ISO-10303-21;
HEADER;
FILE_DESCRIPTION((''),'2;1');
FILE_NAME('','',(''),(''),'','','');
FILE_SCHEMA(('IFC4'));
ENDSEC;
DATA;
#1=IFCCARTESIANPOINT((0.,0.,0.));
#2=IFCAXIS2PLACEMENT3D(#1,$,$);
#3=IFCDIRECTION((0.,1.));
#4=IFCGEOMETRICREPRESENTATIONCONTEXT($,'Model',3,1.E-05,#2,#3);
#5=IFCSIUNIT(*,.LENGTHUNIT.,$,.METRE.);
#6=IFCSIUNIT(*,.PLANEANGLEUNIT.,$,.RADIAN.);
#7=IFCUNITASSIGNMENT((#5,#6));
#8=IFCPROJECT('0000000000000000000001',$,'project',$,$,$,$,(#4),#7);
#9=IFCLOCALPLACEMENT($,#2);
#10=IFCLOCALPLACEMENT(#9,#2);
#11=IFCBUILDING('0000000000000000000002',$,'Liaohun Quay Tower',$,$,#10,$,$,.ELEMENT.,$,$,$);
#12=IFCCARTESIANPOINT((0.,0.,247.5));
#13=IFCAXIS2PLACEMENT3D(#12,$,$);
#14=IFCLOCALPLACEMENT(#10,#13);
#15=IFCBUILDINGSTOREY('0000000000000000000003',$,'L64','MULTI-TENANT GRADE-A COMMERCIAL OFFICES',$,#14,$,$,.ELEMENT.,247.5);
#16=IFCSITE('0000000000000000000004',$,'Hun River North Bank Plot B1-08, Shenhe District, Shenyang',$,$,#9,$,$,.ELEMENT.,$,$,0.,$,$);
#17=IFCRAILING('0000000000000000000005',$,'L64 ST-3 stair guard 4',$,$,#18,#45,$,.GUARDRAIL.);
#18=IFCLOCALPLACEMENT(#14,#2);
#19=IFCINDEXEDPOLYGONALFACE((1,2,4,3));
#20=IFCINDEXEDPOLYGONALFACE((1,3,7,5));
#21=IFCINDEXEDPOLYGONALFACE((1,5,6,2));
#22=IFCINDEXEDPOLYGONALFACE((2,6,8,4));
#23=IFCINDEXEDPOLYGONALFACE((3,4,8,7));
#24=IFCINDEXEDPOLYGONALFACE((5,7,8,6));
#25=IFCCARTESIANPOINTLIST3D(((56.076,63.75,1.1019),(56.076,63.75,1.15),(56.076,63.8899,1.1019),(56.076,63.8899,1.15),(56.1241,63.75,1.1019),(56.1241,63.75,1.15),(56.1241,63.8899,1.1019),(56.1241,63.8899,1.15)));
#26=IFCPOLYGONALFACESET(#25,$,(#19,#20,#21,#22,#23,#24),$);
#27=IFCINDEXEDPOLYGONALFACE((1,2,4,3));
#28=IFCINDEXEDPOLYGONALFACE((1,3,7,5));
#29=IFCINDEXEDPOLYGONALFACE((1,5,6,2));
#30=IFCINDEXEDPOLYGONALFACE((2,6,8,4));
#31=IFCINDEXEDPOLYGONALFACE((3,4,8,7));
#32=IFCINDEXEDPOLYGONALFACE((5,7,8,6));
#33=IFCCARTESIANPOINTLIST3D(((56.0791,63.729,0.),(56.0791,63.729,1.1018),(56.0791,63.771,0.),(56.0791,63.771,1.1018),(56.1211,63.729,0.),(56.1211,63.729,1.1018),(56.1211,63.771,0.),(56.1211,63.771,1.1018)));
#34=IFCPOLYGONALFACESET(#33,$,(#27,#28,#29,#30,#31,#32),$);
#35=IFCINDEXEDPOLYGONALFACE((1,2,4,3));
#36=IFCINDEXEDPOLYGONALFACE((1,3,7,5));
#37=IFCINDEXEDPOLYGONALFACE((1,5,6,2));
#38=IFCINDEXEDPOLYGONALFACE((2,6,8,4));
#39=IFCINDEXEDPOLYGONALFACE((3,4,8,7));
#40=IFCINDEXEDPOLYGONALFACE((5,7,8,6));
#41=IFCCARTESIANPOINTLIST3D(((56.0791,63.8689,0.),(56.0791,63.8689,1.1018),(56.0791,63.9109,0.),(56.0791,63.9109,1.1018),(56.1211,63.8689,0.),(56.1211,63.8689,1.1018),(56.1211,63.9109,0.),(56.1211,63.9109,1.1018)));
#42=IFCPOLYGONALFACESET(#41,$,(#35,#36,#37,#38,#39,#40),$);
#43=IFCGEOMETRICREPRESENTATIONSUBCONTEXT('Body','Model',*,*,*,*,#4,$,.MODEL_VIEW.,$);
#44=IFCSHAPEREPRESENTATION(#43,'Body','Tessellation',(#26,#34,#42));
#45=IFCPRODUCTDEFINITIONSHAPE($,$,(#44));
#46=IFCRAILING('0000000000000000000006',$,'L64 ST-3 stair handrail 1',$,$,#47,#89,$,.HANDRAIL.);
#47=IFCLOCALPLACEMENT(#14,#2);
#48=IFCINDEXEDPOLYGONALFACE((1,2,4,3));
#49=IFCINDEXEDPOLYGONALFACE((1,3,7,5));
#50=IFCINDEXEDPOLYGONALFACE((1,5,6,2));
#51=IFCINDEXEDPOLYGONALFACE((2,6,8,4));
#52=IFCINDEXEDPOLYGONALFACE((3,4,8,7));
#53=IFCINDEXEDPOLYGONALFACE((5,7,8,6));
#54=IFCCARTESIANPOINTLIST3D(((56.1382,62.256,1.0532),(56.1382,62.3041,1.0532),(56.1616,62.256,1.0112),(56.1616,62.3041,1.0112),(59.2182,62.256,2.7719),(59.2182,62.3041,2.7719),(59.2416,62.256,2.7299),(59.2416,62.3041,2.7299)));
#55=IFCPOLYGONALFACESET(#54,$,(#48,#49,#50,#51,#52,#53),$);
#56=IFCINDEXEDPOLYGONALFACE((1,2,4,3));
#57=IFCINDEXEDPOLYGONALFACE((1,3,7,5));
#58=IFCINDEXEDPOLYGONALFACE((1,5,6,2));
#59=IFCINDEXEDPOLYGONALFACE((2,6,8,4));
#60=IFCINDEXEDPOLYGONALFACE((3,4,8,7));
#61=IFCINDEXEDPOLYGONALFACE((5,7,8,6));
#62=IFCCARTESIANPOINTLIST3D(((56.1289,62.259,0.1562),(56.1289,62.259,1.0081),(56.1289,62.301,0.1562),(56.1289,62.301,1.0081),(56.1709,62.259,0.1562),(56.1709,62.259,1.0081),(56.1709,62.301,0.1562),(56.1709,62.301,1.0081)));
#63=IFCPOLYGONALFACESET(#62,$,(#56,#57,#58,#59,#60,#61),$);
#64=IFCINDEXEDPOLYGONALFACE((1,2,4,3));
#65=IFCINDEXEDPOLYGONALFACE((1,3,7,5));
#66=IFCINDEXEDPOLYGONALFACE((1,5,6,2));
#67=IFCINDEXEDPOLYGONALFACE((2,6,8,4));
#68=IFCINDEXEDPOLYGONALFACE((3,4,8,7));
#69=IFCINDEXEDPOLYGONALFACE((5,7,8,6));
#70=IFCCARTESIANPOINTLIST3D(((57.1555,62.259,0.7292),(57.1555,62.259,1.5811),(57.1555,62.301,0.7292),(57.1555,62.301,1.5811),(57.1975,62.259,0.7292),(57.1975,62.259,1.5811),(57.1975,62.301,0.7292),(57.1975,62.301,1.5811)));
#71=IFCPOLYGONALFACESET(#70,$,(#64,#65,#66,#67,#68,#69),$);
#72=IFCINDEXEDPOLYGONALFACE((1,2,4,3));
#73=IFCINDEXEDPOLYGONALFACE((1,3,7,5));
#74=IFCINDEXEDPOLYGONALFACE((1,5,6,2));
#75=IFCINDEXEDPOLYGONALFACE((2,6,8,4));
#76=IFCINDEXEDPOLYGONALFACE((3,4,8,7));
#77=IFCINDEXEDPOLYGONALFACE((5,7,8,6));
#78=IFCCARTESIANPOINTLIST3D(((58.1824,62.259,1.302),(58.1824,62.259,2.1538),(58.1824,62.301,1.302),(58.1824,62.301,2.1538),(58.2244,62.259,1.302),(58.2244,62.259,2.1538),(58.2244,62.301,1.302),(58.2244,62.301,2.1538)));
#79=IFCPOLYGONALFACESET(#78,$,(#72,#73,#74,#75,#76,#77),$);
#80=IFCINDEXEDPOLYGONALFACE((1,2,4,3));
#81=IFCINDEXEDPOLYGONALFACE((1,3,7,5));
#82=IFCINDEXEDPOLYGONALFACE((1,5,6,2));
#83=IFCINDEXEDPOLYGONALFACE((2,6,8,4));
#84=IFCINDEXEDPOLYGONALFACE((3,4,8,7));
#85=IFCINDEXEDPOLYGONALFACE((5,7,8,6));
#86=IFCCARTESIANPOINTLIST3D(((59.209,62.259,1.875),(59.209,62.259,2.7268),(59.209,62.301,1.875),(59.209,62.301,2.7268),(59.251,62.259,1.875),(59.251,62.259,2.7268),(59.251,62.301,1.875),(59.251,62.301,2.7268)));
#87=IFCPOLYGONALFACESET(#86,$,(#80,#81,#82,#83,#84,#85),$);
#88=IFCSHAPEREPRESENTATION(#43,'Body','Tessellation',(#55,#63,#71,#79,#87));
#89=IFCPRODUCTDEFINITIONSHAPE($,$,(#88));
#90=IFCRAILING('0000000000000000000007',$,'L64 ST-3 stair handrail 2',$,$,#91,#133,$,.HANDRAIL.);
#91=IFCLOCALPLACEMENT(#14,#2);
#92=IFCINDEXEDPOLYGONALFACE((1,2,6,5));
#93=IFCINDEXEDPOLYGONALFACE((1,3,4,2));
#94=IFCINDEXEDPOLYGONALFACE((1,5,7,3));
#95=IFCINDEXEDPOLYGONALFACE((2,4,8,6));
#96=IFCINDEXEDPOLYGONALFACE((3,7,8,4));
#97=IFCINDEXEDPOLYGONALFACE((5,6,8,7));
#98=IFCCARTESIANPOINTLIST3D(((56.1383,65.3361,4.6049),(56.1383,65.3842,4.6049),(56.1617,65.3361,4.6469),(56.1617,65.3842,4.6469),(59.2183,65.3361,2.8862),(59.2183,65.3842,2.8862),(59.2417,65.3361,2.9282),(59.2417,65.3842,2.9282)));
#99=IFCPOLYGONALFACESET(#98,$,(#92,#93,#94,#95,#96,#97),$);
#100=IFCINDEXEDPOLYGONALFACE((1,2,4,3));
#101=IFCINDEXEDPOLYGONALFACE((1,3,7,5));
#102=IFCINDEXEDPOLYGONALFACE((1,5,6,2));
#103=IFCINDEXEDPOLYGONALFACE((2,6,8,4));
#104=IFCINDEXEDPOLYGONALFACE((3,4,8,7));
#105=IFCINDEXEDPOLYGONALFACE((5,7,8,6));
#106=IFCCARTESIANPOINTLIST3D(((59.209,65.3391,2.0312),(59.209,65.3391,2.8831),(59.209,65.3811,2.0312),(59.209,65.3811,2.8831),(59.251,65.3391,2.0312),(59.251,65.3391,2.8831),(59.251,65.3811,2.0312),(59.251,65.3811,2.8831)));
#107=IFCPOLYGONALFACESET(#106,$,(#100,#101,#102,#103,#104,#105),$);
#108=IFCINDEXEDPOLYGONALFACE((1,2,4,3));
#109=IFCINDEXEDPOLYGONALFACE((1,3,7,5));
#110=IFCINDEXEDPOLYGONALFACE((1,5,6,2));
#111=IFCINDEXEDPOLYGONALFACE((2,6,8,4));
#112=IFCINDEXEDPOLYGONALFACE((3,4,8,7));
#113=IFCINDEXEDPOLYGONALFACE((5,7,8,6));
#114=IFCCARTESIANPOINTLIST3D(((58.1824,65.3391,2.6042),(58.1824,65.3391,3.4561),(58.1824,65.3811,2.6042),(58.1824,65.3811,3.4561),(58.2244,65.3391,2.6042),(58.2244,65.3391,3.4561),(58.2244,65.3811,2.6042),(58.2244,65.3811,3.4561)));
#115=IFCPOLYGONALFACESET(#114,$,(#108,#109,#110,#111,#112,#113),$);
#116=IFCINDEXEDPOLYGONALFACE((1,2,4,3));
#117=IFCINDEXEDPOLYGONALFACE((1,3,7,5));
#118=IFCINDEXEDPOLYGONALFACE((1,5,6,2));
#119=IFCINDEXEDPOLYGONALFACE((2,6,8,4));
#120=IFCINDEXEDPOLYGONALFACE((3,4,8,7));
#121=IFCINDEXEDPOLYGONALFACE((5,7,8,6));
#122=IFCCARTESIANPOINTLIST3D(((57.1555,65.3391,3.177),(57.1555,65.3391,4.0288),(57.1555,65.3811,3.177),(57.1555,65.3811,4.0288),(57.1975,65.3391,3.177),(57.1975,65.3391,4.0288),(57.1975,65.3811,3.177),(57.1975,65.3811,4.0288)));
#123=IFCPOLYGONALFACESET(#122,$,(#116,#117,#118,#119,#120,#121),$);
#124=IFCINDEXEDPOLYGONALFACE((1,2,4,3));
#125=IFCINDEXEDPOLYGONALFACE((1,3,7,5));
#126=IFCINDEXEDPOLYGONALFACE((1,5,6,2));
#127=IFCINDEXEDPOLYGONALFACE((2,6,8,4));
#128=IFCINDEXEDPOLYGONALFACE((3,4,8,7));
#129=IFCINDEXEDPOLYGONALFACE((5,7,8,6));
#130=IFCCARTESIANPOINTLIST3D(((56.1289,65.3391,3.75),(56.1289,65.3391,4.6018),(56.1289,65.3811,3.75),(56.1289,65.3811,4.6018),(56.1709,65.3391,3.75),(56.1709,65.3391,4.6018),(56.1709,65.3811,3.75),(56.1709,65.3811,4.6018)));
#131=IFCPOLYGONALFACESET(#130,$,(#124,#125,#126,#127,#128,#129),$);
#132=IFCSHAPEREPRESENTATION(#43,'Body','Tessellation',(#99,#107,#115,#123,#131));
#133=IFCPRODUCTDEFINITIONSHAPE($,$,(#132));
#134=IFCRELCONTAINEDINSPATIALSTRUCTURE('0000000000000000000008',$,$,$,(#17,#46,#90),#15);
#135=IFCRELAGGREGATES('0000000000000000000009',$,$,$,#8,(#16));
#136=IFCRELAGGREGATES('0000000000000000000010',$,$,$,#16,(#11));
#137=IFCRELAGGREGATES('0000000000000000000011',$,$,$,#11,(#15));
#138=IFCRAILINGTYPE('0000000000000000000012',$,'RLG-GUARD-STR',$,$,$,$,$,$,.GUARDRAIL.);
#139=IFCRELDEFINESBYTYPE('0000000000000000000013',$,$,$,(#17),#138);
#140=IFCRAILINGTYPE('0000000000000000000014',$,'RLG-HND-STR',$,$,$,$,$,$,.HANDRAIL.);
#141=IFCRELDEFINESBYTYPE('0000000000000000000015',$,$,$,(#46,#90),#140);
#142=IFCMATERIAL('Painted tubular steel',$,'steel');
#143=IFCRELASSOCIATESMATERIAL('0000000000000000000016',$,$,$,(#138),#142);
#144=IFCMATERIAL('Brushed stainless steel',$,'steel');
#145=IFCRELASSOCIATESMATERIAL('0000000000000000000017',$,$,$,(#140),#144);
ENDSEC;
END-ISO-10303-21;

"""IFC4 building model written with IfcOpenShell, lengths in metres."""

from ifc_helpers import new_model, si_unit, direction, frame, origin, origin_2d, place, context, subcontext, project, spatial, rectangle, extrude, material, type_object, element, save


model = new_model("IFC4")

# Units and contexts
model_context = context("Model", 3, precision=1e-05, world=origin(), true_north=direction((0.0, 1.0)))
body_context = subcontext(model_context, "Body", "Model", "MODEL_VIEW")
ifc_project = project(units=[si_unit("LENGTHUNIT", "METRE"), si_unit("PLANEANGLEUNIT", "RADIAN")], contexts=[model_context])

# Site, building, storey
site_placement = place(None, origin())
site = spatial("IfcSite", under=ifc_project, at=site_placement, Name="Hun River North Bank Plot B1-08, Shenhe District, Shenyang", CompositionType="ELEMENT", RefElevation=0.0)
building_placement = place(site_placement, origin())
building = spatial("IfcBuilding", under=site, at=building_placement, Name="Liaohun Quay Tower", CompositionType="ELEMENT")
storey_placement = place(building_placement, frame((0.0, 0.0, 247.5)))
storey = spatial("IfcBuildingStorey", under=building, at=storey_placement, Name="L64", Description="MULTI-TENANT GRADE-A COMMERCIAL OFFICES", CompositionType="ELEMENT", Elevation=247.5)

# Railings
ifc_material_1 = material(Name="Painted tubular steel", Category="steel")
railing_type_1 = type_object("IfcRailingType", Name="RLG-GUARD-STR", PredefinedType="GUARDRAIL", material=ifc_material_1)
railing_1_placement = place(storey_placement, frame((56.1001, 63.75, 0.0)))
element("IfcRailing", 1, at=railing_1_placement, inside=storey, type_object=railing_type_1, Name="L64 ST-3 stair guard 4", PredefinedType="GUARDRAIL", context=body_context, shape_type="SweptSolid", body=[
    extrude(rectangle(XDim=0.0481, YDim=0.0481, at=origin_2d()), frame((0.0, 0.0, 1.126), z_axis=(0.0, 1.0, 0.0), x_axis=(-1.0, 0.0, 0.0)), (0.0, 0.0, 1.0), 0.1399),
    extrude(rectangle(XDim=0.042, YDim=0.042, at=origin_2d()), origin(), (0.0, 0.0, 1.0), 1.1018),
    extrude(rectangle(XDim=0.042, YDim=0.042, at=origin_2d()), frame((0.0, 0.1399, 0.0)), (0.0, 0.0, 1.0), 1.1018),
])
ifc_material_2 = material(Name="Brushed stainless steel", Category="steel")
railing_type_2 = type_object("IfcRailingType", Name="RLG-HND-STR", PredefinedType="HANDRAIL", material=ifc_material_2)
railing_2_placement = place(storey_placement, frame((56.1499, 62.28, 0.1562)))
element("IfcRailing", 2, at=railing_2_placement, inside=storey, type_object=railing_type_2, Name="L64 ST-3 stair handrail 1", PredefinedType="HANDRAIL", context=body_context, shape_type="SweptSolid", body=[
    extrude(rectangle(XDim=0.0481, YDim=0.0481, at=origin_2d()), frame((0.0, 0.0, 0.876), z_axis=(0.873242, 0.0, 0.487288), x_axis=(0.0, 1.0, 0.0)), (0.0, 0.0, 1.0), 3.5271),
    extrude(rectangle(XDim=0.042, YDim=0.042, at=origin_2d()), origin(), (0.0, 0.0, 1.0), 0.8518),
    extrude(rectangle(XDim=0.042, YDim=0.042, at=origin_2d()), frame((1.0266, 0.0, 0.573)), (0.0, 0.0, 1.0), 0.8518),
    extrude(rectangle(XDim=0.042, YDim=0.042, at=origin_2d()), frame((2.0535, 0.0, 1.1458)), (0.0, 0.0, 1.0), 0.8518),
    extrude(rectangle(XDim=0.042, YDim=0.042, at=origin_2d()), frame((3.0801, 0.0, 1.7188)), (0.0, 0.0, 1.0), 0.8518),
])
railing_3_placement = place(storey_placement, frame((59.23, 65.3601, 2.0312)))
element("IfcRailing", 3, at=railing_3_placement, inside=storey, type_object=railing_type_2, Name="L64 ST-3 stair handrail 2", PredefinedType="HANDRAIL", context=body_context, shape_type="SweptSolid", body=[
    extrude(rectangle(XDim=0.0481, YDim=0.0481, at=origin_2d()), frame((0.0, 0.0, 0.876), z_axis=(-0.873242, 0.0, 0.487288), x_axis=(0.0, -1.0, 0.0)), (0.0, 0.0, 1.0), 3.5271),
    extrude(rectangle(XDim=0.042, YDim=0.042, at=origin_2d()), origin(), (0.0, 0.0, 1.0), 0.8518),
    extrude(rectangle(XDim=0.042, YDim=0.042, at=origin_2d()), frame((-1.0266, 0.0, 0.573)), (0.0, 0.0, 1.0), 0.8518),
    extrude(rectangle(XDim=0.042, YDim=0.042, at=origin_2d()), frame((-2.0535, 0.0, 1.1458)), (0.0, 0.0, 1.0), 0.8518),
    extrude(rectangle(XDim=0.042, YDim=0.042, at=origin_2d()), frame((-3.0801, 0.0, 1.7188)), (0.0, 0.0, 1.0), 0.8518),
])

save(model, "model.ifc")
